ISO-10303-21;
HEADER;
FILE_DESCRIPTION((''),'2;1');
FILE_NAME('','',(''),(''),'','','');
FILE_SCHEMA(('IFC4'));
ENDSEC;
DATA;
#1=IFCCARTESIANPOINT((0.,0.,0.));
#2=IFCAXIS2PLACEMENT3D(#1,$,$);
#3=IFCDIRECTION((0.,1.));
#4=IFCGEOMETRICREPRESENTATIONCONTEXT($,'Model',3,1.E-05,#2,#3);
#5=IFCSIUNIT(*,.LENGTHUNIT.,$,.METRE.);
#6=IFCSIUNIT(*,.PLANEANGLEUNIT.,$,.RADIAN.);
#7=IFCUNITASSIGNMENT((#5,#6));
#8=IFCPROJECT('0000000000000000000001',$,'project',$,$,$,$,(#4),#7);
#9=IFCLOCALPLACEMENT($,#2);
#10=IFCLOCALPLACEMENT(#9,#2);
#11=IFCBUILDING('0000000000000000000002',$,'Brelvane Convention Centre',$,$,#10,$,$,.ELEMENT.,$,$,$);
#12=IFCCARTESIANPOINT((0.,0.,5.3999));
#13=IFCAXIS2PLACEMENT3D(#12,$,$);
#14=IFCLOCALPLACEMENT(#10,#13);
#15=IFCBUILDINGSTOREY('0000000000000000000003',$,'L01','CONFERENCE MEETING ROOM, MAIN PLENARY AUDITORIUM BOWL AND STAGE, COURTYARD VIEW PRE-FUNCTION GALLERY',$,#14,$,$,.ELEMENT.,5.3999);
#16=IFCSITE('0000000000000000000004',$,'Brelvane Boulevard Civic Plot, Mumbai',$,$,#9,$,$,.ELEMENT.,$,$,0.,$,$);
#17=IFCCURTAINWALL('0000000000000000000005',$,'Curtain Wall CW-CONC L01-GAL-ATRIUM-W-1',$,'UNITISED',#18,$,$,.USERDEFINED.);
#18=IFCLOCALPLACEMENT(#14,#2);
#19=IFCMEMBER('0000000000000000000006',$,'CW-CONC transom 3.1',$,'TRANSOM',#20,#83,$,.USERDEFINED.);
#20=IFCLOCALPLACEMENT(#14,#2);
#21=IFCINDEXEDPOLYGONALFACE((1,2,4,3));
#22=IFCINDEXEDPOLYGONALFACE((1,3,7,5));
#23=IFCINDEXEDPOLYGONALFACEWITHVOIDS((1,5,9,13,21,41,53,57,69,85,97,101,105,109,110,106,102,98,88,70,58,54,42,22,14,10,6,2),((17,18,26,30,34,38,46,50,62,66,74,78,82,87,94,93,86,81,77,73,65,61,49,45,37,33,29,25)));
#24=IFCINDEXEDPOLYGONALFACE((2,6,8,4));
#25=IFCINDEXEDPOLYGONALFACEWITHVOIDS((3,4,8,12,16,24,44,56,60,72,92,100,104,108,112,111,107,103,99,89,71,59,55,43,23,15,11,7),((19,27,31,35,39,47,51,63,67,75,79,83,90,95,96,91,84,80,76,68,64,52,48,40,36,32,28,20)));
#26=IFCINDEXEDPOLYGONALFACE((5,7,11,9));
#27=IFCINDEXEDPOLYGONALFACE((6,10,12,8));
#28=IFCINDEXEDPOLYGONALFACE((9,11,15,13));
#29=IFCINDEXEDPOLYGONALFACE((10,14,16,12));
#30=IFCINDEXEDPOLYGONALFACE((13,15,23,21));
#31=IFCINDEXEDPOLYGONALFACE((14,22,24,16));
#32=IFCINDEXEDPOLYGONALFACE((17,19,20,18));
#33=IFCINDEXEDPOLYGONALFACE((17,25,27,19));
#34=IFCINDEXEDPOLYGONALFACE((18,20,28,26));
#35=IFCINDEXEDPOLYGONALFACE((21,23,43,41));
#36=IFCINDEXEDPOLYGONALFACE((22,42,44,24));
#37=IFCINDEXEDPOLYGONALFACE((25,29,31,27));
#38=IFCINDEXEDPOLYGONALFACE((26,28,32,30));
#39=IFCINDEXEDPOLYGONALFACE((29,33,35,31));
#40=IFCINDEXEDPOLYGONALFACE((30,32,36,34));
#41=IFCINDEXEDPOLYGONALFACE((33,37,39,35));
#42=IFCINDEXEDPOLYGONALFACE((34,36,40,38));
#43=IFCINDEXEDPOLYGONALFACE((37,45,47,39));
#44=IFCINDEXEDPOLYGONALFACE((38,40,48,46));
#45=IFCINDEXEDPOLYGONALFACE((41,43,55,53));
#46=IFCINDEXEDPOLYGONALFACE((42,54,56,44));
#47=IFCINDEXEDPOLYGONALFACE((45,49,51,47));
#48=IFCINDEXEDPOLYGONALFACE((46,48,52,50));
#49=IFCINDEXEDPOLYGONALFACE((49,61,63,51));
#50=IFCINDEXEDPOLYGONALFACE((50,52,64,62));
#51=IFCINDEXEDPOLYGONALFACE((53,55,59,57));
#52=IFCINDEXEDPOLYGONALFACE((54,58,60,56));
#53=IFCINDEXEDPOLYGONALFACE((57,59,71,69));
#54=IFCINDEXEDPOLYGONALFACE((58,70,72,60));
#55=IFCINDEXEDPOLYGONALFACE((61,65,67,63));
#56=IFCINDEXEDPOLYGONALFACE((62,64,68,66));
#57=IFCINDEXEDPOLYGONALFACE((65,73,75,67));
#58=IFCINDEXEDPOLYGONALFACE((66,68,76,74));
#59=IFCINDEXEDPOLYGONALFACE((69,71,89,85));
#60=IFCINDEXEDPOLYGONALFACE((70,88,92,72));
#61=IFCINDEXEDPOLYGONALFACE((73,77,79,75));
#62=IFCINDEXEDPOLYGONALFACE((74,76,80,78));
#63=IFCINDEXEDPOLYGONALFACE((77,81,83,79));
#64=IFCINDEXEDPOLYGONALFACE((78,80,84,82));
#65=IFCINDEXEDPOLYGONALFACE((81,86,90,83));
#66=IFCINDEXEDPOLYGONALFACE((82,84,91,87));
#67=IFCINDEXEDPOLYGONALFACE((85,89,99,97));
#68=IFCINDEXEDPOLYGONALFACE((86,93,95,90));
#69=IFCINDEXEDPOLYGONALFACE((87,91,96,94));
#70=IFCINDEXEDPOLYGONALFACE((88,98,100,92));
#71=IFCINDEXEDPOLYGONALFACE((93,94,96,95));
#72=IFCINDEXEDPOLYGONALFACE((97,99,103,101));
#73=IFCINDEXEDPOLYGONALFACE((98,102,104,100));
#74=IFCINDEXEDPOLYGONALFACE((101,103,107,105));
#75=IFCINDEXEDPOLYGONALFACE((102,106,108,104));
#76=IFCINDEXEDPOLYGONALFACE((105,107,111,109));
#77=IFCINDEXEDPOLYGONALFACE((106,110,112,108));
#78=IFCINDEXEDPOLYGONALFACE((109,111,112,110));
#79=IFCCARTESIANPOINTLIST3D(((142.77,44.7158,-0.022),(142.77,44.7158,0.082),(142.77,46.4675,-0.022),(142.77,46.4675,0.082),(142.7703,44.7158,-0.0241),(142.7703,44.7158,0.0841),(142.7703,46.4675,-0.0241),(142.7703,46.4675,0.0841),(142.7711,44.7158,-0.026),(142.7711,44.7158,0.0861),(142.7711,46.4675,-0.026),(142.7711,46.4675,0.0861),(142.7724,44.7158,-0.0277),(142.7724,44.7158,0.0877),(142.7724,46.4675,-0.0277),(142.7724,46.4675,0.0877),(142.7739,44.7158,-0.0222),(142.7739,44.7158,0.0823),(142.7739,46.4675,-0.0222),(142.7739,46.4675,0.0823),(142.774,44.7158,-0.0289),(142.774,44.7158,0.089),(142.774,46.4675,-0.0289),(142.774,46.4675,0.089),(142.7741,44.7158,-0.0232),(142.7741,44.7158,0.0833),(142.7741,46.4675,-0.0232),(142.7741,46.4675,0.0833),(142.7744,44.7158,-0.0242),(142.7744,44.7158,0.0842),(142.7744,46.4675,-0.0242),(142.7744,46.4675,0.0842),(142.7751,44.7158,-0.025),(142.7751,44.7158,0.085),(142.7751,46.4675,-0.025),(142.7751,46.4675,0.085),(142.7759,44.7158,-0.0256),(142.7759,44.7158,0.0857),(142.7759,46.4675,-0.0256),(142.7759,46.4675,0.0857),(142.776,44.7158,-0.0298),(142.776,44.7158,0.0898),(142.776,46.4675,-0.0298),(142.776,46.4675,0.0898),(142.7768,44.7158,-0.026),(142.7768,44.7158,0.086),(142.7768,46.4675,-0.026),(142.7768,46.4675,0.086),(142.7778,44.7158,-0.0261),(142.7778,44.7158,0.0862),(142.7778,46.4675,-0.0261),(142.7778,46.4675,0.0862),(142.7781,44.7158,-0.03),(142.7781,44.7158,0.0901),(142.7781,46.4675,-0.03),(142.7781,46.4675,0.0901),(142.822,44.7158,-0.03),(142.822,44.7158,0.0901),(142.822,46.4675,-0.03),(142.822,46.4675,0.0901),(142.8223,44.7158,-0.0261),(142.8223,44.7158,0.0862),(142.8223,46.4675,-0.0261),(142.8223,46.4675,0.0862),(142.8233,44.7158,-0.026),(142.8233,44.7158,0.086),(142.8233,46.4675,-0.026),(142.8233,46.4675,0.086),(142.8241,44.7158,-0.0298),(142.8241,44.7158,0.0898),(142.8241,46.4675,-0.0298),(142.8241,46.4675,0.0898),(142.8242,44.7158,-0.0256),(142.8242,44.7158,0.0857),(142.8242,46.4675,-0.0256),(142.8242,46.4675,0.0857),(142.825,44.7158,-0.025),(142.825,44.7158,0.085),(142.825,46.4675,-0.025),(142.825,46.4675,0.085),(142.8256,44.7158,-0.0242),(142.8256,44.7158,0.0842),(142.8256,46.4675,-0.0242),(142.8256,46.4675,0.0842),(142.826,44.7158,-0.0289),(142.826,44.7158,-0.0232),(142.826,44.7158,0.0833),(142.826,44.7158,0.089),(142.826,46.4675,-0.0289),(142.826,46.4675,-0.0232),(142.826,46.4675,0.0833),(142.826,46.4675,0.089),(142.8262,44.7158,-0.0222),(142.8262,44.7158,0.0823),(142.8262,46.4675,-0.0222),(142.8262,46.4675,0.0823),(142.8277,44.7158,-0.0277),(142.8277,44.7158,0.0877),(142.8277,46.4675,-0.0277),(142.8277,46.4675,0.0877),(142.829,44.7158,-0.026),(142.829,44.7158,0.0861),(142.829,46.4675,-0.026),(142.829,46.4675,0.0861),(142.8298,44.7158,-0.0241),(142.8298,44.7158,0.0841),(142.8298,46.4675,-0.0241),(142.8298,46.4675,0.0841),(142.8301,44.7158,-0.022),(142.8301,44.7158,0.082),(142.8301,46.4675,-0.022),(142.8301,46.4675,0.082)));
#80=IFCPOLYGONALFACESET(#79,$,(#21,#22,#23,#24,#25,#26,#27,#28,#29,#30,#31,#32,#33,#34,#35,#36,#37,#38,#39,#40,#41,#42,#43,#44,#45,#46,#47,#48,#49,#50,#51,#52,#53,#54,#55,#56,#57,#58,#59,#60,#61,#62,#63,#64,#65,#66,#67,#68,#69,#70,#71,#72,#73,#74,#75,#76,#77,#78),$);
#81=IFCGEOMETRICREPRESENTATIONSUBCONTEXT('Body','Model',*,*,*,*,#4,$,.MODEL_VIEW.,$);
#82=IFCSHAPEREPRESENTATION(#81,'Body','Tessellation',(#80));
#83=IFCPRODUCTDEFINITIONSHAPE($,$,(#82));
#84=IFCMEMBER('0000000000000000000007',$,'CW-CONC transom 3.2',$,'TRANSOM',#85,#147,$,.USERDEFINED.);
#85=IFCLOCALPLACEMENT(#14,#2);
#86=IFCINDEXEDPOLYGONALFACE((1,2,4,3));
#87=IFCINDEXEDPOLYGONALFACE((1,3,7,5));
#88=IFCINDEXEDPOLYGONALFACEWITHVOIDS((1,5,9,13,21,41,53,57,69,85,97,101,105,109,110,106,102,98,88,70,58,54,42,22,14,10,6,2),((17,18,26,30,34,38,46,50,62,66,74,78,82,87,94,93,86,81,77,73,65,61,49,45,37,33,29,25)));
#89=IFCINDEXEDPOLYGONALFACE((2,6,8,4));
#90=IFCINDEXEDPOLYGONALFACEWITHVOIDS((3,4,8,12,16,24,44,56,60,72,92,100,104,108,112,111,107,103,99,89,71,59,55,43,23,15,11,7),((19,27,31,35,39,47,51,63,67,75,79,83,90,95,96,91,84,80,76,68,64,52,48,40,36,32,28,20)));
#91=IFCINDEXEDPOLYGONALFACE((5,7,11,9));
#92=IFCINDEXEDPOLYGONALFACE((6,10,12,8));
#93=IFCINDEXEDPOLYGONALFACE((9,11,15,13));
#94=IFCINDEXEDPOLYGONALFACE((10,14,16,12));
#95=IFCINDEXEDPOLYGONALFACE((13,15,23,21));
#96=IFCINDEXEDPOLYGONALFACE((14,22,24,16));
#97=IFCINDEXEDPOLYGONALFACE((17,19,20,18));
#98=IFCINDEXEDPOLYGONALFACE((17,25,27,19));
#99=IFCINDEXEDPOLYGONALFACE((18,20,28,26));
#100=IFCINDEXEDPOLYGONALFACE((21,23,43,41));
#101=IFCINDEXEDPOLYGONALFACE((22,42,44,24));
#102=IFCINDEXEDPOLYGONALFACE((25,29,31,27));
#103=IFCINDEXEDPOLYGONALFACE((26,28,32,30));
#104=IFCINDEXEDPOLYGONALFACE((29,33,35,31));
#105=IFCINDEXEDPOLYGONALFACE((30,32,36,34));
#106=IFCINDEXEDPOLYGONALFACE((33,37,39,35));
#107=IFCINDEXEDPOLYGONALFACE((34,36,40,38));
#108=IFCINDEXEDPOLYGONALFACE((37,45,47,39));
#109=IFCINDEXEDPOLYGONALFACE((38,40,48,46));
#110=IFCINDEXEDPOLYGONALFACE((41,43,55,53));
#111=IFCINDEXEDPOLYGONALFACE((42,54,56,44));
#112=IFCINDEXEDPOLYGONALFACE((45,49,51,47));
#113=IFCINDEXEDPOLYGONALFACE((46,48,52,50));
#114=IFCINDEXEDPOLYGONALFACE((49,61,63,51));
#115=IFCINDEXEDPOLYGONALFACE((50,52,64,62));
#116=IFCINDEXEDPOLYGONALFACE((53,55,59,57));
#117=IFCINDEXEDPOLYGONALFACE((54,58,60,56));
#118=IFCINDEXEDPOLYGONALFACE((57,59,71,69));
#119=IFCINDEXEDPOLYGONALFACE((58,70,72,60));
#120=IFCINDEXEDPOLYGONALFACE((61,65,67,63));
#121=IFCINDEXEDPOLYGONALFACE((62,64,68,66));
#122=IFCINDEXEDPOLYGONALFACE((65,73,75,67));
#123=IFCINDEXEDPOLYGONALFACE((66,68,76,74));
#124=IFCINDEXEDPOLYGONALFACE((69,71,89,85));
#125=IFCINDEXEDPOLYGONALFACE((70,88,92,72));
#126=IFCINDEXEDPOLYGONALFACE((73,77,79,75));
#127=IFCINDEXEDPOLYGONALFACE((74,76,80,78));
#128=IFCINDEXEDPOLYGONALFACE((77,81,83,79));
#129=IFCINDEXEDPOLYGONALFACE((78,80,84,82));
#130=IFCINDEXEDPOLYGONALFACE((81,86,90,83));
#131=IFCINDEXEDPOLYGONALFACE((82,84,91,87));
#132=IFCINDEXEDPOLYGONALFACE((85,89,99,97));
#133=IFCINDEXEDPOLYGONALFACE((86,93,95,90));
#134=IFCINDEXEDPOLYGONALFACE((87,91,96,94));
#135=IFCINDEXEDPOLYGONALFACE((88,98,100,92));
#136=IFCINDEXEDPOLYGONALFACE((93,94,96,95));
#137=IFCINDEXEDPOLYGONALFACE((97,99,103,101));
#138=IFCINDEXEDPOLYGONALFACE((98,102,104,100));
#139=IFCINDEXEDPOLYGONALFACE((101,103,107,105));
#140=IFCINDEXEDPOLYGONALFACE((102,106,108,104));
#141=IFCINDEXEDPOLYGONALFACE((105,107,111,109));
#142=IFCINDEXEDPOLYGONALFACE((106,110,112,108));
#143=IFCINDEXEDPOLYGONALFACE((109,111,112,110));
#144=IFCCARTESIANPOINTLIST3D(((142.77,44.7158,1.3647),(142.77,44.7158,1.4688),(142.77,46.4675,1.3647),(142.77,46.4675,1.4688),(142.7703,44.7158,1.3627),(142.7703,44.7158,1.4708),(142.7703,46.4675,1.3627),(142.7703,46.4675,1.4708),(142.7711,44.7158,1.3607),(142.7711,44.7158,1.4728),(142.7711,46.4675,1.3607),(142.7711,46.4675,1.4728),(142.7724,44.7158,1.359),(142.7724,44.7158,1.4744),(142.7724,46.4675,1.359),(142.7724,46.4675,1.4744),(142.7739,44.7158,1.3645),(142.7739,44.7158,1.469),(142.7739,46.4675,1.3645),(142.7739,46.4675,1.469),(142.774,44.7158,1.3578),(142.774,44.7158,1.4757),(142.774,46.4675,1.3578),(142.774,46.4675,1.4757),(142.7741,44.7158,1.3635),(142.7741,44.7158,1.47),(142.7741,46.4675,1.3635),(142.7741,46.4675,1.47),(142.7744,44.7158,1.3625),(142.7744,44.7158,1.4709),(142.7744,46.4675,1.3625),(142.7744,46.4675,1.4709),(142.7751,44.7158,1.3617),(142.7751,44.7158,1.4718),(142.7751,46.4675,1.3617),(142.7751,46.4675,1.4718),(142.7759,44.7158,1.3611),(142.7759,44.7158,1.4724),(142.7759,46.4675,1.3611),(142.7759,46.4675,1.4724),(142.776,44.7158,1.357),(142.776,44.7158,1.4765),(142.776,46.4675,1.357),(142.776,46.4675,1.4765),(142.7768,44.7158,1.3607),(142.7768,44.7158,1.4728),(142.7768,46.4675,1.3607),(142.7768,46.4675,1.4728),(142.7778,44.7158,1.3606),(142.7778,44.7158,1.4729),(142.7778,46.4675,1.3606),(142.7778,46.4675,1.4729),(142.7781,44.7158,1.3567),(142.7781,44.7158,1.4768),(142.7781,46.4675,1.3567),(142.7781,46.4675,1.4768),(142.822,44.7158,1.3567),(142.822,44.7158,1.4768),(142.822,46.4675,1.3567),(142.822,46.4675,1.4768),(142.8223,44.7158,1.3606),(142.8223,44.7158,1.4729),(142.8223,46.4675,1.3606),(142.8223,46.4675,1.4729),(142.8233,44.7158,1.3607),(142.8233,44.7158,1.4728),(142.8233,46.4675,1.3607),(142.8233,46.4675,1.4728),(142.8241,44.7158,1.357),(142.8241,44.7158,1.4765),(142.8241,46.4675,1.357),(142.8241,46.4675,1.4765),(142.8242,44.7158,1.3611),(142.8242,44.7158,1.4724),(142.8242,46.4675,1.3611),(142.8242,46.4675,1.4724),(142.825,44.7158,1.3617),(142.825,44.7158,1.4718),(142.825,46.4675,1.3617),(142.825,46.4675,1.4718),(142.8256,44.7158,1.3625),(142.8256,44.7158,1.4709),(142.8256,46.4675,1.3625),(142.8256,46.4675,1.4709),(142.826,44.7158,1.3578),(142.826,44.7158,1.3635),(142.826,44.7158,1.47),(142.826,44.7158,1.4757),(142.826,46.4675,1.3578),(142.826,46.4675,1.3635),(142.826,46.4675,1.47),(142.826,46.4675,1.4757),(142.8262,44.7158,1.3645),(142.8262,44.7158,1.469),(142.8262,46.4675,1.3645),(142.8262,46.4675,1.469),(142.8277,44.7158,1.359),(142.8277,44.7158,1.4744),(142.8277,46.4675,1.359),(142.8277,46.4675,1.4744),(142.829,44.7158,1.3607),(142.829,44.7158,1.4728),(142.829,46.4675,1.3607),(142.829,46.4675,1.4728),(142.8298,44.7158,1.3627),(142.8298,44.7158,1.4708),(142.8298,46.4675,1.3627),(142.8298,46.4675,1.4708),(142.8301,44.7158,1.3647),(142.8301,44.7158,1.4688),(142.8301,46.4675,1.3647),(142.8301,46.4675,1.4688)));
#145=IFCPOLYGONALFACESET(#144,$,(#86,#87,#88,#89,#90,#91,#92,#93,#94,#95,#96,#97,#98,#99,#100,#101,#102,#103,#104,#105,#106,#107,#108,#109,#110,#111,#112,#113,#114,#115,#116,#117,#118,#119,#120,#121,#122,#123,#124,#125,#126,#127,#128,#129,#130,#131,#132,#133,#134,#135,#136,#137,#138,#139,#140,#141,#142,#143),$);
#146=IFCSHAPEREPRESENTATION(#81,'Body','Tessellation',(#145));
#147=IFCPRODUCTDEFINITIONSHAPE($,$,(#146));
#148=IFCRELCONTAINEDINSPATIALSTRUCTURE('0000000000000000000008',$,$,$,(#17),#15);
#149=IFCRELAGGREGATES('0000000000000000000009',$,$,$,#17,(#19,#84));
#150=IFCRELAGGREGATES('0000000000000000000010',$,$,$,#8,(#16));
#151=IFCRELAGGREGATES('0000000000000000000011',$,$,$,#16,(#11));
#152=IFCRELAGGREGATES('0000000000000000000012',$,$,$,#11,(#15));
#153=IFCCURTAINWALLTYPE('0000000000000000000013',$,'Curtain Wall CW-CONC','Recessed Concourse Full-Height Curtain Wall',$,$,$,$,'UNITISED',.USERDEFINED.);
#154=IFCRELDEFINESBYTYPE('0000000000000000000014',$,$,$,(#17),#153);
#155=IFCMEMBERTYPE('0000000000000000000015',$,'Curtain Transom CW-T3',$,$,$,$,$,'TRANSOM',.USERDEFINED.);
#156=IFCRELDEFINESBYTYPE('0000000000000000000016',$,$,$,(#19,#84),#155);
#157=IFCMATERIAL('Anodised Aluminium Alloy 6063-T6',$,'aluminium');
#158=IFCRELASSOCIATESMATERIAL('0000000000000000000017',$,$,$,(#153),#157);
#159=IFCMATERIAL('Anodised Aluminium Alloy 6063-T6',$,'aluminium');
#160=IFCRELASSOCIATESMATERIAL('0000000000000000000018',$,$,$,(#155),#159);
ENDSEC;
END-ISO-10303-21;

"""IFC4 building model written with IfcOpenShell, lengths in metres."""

from ifc_helpers import new_model, si_unit, direction, frame, origin, origin_2d, place, context, subcontext, project, spatial, hollow_rectangle, extrude, material, material_profile, profile_set, type_object, element, aggregate, save


model = new_model("IFC4")

# Units and contexts
model_context = context("Model", 3, precision=1e-05, world=origin(), true_north=direction((0.0, 1.0)))
body_context = subcontext(model_context, "Body", "Model", "MODEL_VIEW")
ifc_project = project(units=[si_unit("LENGTHUNIT", "METRE"), si_unit("PLANEANGLEUNIT", "RADIAN")], contexts=[model_context])

# Site, building, storey
site_placement = place(None, origin())
site = spatial("IfcSite", under=ifc_project, at=site_placement, Name="Brelvane Boulevard Civic Plot, Mumbai", CompositionType="ELEMENT", RefElevation=0.0)
building_placement = place(site_placement, origin())
building = spatial("IfcBuilding", under=site, at=building_placement, Name="Brelvane Convention Centre", CompositionType="ELEMENT")
storey_placement = place(building_placement, frame((0.0, 0.0, 5.3999)))
storey = spatial("IfcBuildingStorey", under=building, at=storey_placement, Name="L01", Description="CONFERENCE MEETING ROOM, MAIN PLENARY AUDITORIUM BOWL AND STAGE, COURTYARD VIEW PRE-FUNCTION GALLERY", CompositionType="ELEMENT", Elevation=5.3999)

# Curtain wall, members
ifc_material_1 = material(Name="Anodised Aluminium Alloy 6063-T6", Category="aluminium")
curtain_wall_type = type_object("IfcCurtainWallType", Name="Curtain Wall CW-CONC", Description="Recessed Concourse Full-Height Curtain Wall", ElementType="UNITISED", PredefinedType="USERDEFINED", material=ifc_material_1)
curtain_wall_placement = place(storey_placement, origin())
curtain_wall = element("IfcCurtainWall", 1, at=curtain_wall_placement, inside=storey, type_object=curtain_wall_type, Name="Curtain Wall CW-CONC L01-GAL-ATRIUM-W-1", ObjectType="UNITISED", PredefinedType="USERDEFINED")
ifc_material_2 = material(Name="Anodised Aluminium Alloy 6063-T6", Category="aluminium")
ifc_material_profile_1 = material_profile(ifc_material_2, hollow_rectangle(XDim=0.0601, YDim=0.1201, WallThickness=0.0039, InnerFilletRadius=0.0039, OuterFilletRadius=0.0081, at=origin_2d()), Name="ALU-T 120x60x4.0")
ifc_profile_set_1 = profile_set([ifc_material_profile_1], Name="Anodised Aluminium Alloy 6063-T6")
member_type_1 = type_object("IfcMemberType", Name="Curtain Transom CW-T3", ElementType="TRANSOM", PredefinedType="USERDEFINED", material=ifc_profile_set_1)
member_1_placement = place(storey_placement, frame((142.8, 44.7158, 0.03), z_axis=(0.0, 1.0, 0.0), x_axis=(-1.0, 0.0, 0.0)))
member_1 = element("IfcMember", 2, at=member_1_placement, type_object=member_type_1, Name="CW-CONC transom 3.1", ObjectType="TRANSOM", PredefinedType="USERDEFINED", context=body_context, shape_type="SweptSolid", body=[
    extrude(hollow_rectangle(XDim=0.0601, YDim=0.1201, WallThickness=0.0039, InnerFilletRadius=0.0039, OuterFilletRadius=0.0081, at=origin_2d()), origin(), (0.0, 0.0, 1.0), 1.7517),
])
member_2_placement = place(storey_placement, frame((142.8, 44.7158, 1.4167), z_axis=(0.0, 1.0, 0.0), x_axis=(-1.0, 0.0, 0.0)))
member_2 = element("IfcMember", 3, at=member_2_placement, type_object=member_type_1, Name="CW-CONC transom 3.2", ObjectType="TRANSOM", PredefinedType="USERDEFINED", context=body_context, shape_type="SweptSolid", body=[
    extrude(hollow_rectangle(XDim=0.0601, YDim=0.1201, WallThickness=0.0039, InnerFilletRadius=0.0039, OuterFilletRadius=0.0081, at=origin_2d()), origin(), (0.0, 0.0, 1.0), 1.7517),
])

aggregate(curtain_wall, [member_1, member_2])

save(model, "model.ifc")
